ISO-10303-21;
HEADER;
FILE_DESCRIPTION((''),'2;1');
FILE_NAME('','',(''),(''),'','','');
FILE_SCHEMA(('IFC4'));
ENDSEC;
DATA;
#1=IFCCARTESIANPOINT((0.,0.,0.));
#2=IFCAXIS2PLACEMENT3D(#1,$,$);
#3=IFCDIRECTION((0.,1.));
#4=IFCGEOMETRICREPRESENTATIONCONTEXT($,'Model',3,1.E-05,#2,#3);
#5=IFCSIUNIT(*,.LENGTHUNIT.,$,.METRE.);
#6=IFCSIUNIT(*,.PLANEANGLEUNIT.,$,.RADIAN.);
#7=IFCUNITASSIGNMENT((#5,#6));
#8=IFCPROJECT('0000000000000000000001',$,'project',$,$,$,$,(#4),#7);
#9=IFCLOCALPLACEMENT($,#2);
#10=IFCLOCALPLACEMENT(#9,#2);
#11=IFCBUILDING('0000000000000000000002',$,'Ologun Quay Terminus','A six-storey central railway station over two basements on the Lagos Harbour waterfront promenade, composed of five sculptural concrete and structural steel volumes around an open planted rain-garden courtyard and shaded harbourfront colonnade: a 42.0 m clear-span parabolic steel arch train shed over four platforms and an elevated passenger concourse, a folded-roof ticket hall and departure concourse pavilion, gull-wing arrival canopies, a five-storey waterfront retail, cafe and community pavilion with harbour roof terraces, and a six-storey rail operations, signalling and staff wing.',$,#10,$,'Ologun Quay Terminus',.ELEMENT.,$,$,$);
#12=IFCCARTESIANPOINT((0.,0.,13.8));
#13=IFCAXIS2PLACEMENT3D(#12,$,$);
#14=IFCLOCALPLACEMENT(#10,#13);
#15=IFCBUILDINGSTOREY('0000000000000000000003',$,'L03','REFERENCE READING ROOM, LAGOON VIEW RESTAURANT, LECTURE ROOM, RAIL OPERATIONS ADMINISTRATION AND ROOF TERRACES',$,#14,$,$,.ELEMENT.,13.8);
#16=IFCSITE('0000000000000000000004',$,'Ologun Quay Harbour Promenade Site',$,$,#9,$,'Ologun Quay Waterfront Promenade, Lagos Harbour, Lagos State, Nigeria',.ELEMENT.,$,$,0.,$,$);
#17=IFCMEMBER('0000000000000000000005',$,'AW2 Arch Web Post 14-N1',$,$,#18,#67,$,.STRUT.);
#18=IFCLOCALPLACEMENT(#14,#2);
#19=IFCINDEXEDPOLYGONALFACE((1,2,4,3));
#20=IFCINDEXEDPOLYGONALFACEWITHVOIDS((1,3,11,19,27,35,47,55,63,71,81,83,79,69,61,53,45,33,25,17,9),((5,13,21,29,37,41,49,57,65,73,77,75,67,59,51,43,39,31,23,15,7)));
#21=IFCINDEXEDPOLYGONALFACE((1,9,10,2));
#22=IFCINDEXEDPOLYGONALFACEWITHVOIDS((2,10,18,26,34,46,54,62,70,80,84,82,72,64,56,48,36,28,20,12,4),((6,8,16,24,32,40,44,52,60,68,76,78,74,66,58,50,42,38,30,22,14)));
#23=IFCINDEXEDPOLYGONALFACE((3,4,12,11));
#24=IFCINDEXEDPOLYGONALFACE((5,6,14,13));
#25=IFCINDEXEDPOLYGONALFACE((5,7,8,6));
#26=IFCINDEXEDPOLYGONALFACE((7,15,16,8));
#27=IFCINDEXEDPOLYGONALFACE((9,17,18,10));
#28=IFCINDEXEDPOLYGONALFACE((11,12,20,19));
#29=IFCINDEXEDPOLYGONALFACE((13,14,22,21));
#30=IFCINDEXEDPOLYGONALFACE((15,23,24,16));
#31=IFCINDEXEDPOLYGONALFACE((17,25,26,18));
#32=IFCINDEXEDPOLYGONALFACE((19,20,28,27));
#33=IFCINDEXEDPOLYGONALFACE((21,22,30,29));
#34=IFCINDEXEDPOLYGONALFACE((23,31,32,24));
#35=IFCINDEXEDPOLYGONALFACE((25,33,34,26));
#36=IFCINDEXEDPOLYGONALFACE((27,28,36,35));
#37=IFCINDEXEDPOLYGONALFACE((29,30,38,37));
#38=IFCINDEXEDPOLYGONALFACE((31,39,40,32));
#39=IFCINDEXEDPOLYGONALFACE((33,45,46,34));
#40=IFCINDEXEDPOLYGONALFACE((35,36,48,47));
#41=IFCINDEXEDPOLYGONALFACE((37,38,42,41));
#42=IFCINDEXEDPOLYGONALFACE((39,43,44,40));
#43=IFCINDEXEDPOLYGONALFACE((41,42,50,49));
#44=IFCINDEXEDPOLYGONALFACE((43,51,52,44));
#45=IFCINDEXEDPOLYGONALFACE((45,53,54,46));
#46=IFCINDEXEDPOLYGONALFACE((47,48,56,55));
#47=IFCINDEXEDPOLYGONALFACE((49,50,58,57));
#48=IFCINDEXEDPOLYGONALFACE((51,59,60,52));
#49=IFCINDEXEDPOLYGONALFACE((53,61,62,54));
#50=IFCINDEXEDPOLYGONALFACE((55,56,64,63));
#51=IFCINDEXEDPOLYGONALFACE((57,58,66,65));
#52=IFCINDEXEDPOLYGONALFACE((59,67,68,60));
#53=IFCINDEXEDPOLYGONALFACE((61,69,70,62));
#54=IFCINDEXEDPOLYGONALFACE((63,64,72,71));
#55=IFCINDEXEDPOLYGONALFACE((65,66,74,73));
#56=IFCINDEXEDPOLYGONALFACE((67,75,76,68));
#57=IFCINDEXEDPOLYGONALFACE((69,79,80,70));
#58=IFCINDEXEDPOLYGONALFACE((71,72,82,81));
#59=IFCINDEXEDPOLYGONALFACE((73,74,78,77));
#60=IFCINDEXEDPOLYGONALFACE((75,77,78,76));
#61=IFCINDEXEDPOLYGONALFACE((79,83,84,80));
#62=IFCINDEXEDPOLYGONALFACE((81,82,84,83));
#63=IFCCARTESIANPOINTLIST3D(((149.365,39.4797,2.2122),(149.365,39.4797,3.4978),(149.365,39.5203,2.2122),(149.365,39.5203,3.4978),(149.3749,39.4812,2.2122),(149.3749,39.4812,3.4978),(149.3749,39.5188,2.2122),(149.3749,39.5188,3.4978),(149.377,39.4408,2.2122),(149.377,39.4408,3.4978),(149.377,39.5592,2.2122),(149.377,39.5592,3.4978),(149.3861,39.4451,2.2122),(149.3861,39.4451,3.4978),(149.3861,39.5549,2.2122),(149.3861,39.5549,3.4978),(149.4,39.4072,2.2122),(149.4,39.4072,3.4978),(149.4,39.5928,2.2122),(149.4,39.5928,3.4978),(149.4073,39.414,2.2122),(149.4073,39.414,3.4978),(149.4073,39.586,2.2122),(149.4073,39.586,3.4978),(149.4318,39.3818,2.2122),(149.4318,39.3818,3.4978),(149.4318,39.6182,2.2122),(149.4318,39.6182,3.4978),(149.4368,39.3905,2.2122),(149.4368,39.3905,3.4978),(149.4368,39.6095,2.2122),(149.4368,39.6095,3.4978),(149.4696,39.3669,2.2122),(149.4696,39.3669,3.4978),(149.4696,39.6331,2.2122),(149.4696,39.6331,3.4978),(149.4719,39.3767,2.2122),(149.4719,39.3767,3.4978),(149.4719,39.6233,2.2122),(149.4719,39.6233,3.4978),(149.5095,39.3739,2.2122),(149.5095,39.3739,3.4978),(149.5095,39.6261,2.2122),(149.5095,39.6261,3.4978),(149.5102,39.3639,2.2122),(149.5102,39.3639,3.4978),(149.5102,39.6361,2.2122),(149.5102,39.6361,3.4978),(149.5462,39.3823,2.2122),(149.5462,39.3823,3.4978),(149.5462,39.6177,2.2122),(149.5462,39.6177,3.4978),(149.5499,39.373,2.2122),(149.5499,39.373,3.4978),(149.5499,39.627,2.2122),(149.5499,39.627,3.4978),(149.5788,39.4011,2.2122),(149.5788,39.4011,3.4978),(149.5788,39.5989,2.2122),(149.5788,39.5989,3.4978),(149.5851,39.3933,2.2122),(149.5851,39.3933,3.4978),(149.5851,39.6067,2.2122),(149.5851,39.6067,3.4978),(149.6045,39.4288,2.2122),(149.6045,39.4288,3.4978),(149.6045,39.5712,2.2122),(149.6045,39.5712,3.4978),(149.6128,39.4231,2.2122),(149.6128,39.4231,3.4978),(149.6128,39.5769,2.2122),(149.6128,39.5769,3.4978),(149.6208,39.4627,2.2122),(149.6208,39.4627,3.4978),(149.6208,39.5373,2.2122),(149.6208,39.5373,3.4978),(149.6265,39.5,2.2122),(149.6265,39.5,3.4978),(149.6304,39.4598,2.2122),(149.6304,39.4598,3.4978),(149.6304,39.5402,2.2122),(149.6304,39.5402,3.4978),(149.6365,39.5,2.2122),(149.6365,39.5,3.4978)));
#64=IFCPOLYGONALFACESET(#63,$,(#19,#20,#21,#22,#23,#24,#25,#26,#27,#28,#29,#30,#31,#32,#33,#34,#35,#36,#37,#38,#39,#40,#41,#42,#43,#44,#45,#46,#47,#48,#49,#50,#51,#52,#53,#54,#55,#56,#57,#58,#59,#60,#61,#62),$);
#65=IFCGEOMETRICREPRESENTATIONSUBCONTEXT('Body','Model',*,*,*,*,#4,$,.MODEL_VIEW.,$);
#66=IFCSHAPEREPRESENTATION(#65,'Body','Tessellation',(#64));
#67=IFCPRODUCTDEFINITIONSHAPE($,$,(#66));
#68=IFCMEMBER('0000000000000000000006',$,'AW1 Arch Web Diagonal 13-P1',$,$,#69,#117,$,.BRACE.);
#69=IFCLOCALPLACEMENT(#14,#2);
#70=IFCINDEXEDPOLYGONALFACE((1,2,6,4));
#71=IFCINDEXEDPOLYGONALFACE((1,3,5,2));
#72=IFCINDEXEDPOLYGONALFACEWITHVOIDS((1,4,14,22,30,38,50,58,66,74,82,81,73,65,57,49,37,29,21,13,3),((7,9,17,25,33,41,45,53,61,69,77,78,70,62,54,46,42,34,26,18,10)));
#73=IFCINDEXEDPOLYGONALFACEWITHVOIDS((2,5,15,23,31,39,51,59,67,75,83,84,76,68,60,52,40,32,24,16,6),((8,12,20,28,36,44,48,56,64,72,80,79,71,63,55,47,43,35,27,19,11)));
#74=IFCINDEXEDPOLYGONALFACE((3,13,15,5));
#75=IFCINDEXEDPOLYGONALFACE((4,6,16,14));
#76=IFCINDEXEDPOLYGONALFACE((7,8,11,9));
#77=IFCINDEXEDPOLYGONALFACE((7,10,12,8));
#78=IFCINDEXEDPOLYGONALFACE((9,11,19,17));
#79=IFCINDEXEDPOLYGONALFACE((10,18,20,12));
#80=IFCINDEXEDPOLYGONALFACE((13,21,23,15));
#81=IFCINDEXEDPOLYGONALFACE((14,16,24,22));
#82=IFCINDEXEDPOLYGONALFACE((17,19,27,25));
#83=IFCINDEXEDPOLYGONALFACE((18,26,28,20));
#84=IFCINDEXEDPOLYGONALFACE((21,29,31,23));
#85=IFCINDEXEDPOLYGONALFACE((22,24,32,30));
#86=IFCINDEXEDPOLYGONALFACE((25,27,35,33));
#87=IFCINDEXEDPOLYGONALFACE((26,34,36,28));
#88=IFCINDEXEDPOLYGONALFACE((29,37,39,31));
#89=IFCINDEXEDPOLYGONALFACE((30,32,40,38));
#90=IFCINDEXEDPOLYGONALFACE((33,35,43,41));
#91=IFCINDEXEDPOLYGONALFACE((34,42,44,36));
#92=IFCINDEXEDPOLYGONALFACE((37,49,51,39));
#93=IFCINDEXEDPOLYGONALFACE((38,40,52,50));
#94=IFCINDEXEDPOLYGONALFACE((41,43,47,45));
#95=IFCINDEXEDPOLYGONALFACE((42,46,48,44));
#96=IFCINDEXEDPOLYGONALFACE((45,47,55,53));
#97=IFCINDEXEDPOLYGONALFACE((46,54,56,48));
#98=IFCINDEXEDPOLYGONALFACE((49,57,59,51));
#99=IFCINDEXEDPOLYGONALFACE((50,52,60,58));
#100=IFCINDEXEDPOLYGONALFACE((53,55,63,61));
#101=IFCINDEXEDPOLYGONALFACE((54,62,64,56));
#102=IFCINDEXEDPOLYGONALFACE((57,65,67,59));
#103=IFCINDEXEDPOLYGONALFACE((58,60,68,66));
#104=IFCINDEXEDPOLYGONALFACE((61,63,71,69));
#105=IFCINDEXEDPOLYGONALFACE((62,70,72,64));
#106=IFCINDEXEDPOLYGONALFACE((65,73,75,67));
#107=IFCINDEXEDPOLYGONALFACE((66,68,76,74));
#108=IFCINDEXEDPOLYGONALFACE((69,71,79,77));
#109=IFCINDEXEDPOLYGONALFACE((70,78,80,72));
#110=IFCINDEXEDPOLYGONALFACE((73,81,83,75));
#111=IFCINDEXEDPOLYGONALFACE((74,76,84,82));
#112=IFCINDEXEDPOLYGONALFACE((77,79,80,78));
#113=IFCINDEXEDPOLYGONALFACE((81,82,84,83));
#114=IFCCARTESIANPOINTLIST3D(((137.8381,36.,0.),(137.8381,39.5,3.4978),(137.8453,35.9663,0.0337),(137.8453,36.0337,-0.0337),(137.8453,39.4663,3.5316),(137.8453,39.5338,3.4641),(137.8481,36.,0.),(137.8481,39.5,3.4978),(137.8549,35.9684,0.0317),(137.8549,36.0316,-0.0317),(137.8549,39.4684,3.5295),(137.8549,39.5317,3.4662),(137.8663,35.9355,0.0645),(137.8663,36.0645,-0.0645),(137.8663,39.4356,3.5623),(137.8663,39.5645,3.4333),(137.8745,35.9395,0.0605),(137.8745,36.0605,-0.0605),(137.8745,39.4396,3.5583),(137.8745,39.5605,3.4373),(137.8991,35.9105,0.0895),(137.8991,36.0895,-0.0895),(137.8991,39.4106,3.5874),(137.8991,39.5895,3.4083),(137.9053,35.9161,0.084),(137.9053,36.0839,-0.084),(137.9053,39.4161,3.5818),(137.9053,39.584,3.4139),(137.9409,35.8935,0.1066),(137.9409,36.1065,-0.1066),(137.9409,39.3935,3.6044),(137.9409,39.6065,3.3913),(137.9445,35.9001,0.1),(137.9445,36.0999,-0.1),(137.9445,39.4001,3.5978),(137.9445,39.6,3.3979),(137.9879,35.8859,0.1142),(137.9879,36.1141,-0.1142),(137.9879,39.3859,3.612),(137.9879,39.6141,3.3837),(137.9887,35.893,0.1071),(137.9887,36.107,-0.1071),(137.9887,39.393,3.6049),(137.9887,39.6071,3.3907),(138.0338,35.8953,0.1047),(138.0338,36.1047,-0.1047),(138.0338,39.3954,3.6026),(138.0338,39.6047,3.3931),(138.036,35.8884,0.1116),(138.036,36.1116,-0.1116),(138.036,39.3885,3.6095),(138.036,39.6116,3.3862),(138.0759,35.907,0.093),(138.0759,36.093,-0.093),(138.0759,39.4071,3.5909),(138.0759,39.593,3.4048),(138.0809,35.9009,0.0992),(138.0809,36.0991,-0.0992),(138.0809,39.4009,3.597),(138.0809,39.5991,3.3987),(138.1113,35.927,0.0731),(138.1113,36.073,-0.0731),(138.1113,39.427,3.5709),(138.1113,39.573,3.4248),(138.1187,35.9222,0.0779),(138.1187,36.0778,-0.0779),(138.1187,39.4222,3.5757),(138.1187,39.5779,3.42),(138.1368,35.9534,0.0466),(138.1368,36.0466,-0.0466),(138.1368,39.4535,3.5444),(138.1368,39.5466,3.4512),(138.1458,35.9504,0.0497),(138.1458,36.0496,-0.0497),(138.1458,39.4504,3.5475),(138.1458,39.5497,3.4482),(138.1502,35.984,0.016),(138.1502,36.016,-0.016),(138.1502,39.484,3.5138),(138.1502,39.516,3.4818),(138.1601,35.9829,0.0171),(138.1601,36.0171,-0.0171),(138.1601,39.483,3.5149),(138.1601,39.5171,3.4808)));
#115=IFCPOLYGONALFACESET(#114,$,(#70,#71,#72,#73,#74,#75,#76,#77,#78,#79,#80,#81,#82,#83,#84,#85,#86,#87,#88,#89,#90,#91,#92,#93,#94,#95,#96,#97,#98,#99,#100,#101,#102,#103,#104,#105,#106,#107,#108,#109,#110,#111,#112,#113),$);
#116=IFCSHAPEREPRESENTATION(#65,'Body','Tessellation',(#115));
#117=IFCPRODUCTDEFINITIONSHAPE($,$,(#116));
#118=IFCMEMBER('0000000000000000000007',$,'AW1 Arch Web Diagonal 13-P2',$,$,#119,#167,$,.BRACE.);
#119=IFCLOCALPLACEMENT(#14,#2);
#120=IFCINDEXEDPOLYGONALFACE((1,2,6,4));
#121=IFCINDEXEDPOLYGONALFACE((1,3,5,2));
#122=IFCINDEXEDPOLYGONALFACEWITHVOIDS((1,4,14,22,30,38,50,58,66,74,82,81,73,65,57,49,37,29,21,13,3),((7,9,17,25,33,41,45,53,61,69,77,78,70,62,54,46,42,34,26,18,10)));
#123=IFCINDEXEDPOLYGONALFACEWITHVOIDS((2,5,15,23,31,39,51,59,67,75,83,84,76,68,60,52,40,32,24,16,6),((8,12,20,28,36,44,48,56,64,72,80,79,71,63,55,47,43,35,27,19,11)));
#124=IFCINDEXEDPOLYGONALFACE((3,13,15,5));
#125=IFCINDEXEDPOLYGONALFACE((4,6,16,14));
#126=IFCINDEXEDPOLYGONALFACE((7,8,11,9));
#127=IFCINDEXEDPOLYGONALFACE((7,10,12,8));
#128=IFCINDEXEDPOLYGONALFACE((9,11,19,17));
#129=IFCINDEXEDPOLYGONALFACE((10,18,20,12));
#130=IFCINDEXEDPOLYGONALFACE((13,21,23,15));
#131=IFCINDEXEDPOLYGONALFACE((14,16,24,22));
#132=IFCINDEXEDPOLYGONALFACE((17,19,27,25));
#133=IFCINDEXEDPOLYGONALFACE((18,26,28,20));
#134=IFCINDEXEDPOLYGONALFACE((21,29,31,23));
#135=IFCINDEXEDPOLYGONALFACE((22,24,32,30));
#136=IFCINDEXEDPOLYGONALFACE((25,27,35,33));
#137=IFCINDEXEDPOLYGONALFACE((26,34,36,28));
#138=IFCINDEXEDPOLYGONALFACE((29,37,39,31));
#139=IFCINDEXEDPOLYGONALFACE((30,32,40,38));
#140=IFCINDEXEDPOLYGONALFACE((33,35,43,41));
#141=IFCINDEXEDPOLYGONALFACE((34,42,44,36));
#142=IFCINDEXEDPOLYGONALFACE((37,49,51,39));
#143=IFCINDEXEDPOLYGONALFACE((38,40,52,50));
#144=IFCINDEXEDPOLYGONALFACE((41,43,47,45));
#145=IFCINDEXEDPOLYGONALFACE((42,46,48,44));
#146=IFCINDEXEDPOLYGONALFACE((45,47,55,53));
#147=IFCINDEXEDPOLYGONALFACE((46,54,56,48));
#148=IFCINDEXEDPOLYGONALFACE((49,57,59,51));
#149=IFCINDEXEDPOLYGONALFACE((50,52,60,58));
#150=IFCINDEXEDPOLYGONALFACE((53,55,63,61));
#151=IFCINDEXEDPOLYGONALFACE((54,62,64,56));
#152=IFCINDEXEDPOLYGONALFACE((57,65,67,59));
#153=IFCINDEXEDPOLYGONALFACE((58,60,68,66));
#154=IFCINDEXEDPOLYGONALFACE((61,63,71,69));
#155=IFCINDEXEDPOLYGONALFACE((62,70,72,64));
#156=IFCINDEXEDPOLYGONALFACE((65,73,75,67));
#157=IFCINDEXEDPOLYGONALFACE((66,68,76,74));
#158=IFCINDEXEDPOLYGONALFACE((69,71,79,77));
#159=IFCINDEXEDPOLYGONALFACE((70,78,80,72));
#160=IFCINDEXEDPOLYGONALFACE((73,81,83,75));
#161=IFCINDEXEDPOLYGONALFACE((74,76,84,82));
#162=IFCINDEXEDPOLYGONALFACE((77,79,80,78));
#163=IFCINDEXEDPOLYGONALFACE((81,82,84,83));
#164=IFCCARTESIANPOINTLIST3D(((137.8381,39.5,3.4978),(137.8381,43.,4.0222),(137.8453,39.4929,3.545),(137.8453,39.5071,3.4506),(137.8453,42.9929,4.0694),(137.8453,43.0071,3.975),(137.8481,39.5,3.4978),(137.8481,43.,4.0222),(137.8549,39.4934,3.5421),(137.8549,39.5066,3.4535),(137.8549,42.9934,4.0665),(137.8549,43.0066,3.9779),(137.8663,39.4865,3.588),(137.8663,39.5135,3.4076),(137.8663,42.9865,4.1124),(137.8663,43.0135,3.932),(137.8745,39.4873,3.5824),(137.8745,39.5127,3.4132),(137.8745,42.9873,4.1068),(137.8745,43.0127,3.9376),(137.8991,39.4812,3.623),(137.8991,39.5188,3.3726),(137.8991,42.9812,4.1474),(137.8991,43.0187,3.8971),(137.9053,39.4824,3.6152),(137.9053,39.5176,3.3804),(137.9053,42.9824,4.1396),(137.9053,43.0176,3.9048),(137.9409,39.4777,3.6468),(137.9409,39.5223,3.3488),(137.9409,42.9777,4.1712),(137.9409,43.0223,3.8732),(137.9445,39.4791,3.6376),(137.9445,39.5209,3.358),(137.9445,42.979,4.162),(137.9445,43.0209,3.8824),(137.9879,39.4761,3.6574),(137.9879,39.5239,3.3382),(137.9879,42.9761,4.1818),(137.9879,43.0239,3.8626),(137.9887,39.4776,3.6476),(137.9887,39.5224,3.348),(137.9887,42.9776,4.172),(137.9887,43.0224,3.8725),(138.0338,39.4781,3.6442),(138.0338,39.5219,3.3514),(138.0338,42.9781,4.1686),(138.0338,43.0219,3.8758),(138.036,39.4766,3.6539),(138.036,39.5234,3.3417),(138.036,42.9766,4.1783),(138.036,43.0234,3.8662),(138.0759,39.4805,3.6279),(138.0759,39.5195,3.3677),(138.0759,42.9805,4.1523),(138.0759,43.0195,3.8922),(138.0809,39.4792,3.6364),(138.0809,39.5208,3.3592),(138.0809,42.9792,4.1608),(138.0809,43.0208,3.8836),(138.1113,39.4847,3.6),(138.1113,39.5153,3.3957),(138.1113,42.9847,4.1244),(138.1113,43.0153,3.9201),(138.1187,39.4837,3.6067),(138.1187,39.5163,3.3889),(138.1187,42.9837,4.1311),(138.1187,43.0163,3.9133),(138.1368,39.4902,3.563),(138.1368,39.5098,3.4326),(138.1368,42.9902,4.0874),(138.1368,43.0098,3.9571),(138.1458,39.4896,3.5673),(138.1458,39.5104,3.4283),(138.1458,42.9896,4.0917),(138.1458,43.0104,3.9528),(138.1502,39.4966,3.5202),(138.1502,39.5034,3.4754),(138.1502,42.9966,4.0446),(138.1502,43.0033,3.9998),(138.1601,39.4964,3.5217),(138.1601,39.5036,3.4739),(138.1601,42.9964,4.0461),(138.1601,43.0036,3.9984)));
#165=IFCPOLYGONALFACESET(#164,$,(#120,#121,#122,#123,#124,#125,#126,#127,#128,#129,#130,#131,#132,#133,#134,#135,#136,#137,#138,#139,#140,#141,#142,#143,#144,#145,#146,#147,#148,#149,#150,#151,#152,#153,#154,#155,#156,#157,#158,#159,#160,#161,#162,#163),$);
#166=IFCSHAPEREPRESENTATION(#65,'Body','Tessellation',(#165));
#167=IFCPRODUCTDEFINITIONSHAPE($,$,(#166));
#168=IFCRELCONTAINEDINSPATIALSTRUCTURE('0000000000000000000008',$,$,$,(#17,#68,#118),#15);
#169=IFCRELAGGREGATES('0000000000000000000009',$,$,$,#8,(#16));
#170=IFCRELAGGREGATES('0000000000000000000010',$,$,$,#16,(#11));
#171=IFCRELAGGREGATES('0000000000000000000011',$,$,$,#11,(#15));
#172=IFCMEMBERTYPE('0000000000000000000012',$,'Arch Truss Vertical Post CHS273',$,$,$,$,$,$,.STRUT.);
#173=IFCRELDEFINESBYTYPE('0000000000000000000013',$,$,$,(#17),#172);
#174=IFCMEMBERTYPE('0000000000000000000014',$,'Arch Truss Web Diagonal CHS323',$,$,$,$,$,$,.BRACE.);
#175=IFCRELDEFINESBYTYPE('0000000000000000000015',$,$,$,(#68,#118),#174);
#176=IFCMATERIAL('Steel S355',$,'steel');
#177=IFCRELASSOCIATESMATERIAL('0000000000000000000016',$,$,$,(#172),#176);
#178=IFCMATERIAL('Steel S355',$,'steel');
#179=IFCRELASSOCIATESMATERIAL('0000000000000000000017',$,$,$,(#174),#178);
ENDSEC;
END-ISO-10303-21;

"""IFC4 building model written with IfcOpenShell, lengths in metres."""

from ifc_helpers import new_model, si_unit, direction, frame, origin, origin_2d, place, context, subcontext, project, spatial, hollow_circle, extrude, material, material_profile, profile_set, type_object, element, save


model = new_model("IFC4")

# Units and contexts
model_context = context("Model", 3, precision=1e-05, world=origin(), true_north=direction((0.0, 1.0)))
body_context = subcontext(model_context, "Body", "Model", "MODEL_VIEW")
ifc_project = project(units=[si_unit("LENGTHUNIT", "METRE"), si_unit("PLANEANGLEUNIT", "RADIAN")], contexts=[model_context])

# Site, building, storey
site_placement = place(None, origin())
site = spatial("IfcSite", under=ifc_project, at=site_placement, Name="Ologun Quay Harbour Promenade Site", LongName="Ologun Quay Waterfront Promenade, Lagos Harbour, Lagos State, Nigeria", CompositionType="ELEMENT", RefElevation=0.0)
building_placement = place(site_placement, origin())
building = spatial("IfcBuilding", under=site, at=building_placement, Name="Ologun Quay Terminus", Description="A six-storey central railway station over two basements on the Lagos Harbour waterfront promenade, composed of five sculptural concrete and structural steel volumes around an open planted rain-garden courtyard and shaded harbourfront colonnade: a 42.0 m clear-span parabolic steel arch train shed over four platforms and an elevated passenger concourse, a folded-roof ticket hall and departure concourse pavilion, gull-wing arrival canopies, a five-storey waterfront retail, cafe and community pavilion with harbour roof terraces, and a six-storey rail operations, signalling and staff wing.", LongName="Ologun Quay Terminus", CompositionType="ELEMENT")
storey_placement = place(building_placement, frame((0.0, 0.0, 13.8)))
storey = spatial("IfcBuildingStorey", under=building, at=storey_placement, Name="L03", Description="REFERENCE READING ROOM, LAGOON VIEW RESTAURANT, LECTURE ROOM, RAIL OPERATIONS ADMINISTRATION AND ROOF TERRACES", CompositionType="ELEMENT", Elevation=13.8)

# Members
ifc_material_1 = material(Name="Steel S355", Category="steel")
ifc_material_profile_1 = material_profile(ifc_material_1, hollow_circle(Radius=0.1365, WallThickness=0.01, at=origin_2d()), Name="CHS 273x10")
ifc_profile_set_1 = profile_set([ifc_material_profile_1], Name="Steel S355")
member_type_1 = type_object("IfcMemberType", Name="Arch Truss Vertical Post CHS273", PredefinedType="STRUT", material=ifc_profile_set_1)
member_1_placement = place(storey_placement, frame((149.5, 39.5, 2.2122), z_axis=(0.0, 0.0, 1.0), x_axis=(1.0, 0.0, 0.0)))
element("IfcMember", 1, at=member_1_placement, inside=storey, type_object=member_type_1, Name="AW2 Arch Web Post 14-N1", PredefinedType="STRUT", context=body_context, shape_type="SweptSolid", body=[
    extrude(hollow_circle(Radius=0.1365, WallThickness=0.01, at=origin_2d()), origin(), (0.0, 0.0, 1.0), 1.2856),
])
ifc_material_2 = material(Name="Steel S355", Category="steel")
ifc_material_profile_2 = material_profile(ifc_material_2, hollow_circle(Radius=0.1619, WallThickness=0.01, at=origin_2d()), Name="CHS 323.9x10")
ifc_profile_set_2 = profile_set([ifc_material_profile_2], Name="Steel S355")
member_type_2 = type_object("IfcMemberType", Name="Arch Truss Web Diagonal CHS323", PredefinedType="BRACE", material=ifc_profile_set_2)
member_2_placement = place(storey_placement, frame((138.0, 36.0, 0.0), z_axis=(0.0, 0.707329, 0.706885), x_axis=(-1.0, 0.0, 0.0)))
element("IfcMember", 2, at=member_2_placement, inside=storey, type_object=member_type_2, Name="AW1 Arch Web Diagonal 13-P1", PredefinedType="BRACE", context=body_context, shape_type="SweptSolid", body=[
    extrude(hollow_circle(Radius=0.1619, WallThickness=0.01, at=origin_2d()), origin(), (0.0, 0.0, 1.0), 4.9482),
])
member_3_placement = place(storey_placement, frame((138.0, 39.5, 3.4978), z_axis=(0.0, 0.988961, 0.148179), x_axis=(-1.0, 0.0, 0.0)))
element("IfcMember", 3, at=member_3_placement, inside=storey, type_object=member_type_2, Name="AW1 Arch Web Diagonal 13-P2", PredefinedType="BRACE", context=body_context, shape_type="SweptSolid", body=[
    extrude(hollow_circle(Radius=0.1619, WallThickness=0.01, at=origin_2d()), origin(), (0.0, 0.0, 1.0), 3.5391),
])

save(model, "model.ifc")
